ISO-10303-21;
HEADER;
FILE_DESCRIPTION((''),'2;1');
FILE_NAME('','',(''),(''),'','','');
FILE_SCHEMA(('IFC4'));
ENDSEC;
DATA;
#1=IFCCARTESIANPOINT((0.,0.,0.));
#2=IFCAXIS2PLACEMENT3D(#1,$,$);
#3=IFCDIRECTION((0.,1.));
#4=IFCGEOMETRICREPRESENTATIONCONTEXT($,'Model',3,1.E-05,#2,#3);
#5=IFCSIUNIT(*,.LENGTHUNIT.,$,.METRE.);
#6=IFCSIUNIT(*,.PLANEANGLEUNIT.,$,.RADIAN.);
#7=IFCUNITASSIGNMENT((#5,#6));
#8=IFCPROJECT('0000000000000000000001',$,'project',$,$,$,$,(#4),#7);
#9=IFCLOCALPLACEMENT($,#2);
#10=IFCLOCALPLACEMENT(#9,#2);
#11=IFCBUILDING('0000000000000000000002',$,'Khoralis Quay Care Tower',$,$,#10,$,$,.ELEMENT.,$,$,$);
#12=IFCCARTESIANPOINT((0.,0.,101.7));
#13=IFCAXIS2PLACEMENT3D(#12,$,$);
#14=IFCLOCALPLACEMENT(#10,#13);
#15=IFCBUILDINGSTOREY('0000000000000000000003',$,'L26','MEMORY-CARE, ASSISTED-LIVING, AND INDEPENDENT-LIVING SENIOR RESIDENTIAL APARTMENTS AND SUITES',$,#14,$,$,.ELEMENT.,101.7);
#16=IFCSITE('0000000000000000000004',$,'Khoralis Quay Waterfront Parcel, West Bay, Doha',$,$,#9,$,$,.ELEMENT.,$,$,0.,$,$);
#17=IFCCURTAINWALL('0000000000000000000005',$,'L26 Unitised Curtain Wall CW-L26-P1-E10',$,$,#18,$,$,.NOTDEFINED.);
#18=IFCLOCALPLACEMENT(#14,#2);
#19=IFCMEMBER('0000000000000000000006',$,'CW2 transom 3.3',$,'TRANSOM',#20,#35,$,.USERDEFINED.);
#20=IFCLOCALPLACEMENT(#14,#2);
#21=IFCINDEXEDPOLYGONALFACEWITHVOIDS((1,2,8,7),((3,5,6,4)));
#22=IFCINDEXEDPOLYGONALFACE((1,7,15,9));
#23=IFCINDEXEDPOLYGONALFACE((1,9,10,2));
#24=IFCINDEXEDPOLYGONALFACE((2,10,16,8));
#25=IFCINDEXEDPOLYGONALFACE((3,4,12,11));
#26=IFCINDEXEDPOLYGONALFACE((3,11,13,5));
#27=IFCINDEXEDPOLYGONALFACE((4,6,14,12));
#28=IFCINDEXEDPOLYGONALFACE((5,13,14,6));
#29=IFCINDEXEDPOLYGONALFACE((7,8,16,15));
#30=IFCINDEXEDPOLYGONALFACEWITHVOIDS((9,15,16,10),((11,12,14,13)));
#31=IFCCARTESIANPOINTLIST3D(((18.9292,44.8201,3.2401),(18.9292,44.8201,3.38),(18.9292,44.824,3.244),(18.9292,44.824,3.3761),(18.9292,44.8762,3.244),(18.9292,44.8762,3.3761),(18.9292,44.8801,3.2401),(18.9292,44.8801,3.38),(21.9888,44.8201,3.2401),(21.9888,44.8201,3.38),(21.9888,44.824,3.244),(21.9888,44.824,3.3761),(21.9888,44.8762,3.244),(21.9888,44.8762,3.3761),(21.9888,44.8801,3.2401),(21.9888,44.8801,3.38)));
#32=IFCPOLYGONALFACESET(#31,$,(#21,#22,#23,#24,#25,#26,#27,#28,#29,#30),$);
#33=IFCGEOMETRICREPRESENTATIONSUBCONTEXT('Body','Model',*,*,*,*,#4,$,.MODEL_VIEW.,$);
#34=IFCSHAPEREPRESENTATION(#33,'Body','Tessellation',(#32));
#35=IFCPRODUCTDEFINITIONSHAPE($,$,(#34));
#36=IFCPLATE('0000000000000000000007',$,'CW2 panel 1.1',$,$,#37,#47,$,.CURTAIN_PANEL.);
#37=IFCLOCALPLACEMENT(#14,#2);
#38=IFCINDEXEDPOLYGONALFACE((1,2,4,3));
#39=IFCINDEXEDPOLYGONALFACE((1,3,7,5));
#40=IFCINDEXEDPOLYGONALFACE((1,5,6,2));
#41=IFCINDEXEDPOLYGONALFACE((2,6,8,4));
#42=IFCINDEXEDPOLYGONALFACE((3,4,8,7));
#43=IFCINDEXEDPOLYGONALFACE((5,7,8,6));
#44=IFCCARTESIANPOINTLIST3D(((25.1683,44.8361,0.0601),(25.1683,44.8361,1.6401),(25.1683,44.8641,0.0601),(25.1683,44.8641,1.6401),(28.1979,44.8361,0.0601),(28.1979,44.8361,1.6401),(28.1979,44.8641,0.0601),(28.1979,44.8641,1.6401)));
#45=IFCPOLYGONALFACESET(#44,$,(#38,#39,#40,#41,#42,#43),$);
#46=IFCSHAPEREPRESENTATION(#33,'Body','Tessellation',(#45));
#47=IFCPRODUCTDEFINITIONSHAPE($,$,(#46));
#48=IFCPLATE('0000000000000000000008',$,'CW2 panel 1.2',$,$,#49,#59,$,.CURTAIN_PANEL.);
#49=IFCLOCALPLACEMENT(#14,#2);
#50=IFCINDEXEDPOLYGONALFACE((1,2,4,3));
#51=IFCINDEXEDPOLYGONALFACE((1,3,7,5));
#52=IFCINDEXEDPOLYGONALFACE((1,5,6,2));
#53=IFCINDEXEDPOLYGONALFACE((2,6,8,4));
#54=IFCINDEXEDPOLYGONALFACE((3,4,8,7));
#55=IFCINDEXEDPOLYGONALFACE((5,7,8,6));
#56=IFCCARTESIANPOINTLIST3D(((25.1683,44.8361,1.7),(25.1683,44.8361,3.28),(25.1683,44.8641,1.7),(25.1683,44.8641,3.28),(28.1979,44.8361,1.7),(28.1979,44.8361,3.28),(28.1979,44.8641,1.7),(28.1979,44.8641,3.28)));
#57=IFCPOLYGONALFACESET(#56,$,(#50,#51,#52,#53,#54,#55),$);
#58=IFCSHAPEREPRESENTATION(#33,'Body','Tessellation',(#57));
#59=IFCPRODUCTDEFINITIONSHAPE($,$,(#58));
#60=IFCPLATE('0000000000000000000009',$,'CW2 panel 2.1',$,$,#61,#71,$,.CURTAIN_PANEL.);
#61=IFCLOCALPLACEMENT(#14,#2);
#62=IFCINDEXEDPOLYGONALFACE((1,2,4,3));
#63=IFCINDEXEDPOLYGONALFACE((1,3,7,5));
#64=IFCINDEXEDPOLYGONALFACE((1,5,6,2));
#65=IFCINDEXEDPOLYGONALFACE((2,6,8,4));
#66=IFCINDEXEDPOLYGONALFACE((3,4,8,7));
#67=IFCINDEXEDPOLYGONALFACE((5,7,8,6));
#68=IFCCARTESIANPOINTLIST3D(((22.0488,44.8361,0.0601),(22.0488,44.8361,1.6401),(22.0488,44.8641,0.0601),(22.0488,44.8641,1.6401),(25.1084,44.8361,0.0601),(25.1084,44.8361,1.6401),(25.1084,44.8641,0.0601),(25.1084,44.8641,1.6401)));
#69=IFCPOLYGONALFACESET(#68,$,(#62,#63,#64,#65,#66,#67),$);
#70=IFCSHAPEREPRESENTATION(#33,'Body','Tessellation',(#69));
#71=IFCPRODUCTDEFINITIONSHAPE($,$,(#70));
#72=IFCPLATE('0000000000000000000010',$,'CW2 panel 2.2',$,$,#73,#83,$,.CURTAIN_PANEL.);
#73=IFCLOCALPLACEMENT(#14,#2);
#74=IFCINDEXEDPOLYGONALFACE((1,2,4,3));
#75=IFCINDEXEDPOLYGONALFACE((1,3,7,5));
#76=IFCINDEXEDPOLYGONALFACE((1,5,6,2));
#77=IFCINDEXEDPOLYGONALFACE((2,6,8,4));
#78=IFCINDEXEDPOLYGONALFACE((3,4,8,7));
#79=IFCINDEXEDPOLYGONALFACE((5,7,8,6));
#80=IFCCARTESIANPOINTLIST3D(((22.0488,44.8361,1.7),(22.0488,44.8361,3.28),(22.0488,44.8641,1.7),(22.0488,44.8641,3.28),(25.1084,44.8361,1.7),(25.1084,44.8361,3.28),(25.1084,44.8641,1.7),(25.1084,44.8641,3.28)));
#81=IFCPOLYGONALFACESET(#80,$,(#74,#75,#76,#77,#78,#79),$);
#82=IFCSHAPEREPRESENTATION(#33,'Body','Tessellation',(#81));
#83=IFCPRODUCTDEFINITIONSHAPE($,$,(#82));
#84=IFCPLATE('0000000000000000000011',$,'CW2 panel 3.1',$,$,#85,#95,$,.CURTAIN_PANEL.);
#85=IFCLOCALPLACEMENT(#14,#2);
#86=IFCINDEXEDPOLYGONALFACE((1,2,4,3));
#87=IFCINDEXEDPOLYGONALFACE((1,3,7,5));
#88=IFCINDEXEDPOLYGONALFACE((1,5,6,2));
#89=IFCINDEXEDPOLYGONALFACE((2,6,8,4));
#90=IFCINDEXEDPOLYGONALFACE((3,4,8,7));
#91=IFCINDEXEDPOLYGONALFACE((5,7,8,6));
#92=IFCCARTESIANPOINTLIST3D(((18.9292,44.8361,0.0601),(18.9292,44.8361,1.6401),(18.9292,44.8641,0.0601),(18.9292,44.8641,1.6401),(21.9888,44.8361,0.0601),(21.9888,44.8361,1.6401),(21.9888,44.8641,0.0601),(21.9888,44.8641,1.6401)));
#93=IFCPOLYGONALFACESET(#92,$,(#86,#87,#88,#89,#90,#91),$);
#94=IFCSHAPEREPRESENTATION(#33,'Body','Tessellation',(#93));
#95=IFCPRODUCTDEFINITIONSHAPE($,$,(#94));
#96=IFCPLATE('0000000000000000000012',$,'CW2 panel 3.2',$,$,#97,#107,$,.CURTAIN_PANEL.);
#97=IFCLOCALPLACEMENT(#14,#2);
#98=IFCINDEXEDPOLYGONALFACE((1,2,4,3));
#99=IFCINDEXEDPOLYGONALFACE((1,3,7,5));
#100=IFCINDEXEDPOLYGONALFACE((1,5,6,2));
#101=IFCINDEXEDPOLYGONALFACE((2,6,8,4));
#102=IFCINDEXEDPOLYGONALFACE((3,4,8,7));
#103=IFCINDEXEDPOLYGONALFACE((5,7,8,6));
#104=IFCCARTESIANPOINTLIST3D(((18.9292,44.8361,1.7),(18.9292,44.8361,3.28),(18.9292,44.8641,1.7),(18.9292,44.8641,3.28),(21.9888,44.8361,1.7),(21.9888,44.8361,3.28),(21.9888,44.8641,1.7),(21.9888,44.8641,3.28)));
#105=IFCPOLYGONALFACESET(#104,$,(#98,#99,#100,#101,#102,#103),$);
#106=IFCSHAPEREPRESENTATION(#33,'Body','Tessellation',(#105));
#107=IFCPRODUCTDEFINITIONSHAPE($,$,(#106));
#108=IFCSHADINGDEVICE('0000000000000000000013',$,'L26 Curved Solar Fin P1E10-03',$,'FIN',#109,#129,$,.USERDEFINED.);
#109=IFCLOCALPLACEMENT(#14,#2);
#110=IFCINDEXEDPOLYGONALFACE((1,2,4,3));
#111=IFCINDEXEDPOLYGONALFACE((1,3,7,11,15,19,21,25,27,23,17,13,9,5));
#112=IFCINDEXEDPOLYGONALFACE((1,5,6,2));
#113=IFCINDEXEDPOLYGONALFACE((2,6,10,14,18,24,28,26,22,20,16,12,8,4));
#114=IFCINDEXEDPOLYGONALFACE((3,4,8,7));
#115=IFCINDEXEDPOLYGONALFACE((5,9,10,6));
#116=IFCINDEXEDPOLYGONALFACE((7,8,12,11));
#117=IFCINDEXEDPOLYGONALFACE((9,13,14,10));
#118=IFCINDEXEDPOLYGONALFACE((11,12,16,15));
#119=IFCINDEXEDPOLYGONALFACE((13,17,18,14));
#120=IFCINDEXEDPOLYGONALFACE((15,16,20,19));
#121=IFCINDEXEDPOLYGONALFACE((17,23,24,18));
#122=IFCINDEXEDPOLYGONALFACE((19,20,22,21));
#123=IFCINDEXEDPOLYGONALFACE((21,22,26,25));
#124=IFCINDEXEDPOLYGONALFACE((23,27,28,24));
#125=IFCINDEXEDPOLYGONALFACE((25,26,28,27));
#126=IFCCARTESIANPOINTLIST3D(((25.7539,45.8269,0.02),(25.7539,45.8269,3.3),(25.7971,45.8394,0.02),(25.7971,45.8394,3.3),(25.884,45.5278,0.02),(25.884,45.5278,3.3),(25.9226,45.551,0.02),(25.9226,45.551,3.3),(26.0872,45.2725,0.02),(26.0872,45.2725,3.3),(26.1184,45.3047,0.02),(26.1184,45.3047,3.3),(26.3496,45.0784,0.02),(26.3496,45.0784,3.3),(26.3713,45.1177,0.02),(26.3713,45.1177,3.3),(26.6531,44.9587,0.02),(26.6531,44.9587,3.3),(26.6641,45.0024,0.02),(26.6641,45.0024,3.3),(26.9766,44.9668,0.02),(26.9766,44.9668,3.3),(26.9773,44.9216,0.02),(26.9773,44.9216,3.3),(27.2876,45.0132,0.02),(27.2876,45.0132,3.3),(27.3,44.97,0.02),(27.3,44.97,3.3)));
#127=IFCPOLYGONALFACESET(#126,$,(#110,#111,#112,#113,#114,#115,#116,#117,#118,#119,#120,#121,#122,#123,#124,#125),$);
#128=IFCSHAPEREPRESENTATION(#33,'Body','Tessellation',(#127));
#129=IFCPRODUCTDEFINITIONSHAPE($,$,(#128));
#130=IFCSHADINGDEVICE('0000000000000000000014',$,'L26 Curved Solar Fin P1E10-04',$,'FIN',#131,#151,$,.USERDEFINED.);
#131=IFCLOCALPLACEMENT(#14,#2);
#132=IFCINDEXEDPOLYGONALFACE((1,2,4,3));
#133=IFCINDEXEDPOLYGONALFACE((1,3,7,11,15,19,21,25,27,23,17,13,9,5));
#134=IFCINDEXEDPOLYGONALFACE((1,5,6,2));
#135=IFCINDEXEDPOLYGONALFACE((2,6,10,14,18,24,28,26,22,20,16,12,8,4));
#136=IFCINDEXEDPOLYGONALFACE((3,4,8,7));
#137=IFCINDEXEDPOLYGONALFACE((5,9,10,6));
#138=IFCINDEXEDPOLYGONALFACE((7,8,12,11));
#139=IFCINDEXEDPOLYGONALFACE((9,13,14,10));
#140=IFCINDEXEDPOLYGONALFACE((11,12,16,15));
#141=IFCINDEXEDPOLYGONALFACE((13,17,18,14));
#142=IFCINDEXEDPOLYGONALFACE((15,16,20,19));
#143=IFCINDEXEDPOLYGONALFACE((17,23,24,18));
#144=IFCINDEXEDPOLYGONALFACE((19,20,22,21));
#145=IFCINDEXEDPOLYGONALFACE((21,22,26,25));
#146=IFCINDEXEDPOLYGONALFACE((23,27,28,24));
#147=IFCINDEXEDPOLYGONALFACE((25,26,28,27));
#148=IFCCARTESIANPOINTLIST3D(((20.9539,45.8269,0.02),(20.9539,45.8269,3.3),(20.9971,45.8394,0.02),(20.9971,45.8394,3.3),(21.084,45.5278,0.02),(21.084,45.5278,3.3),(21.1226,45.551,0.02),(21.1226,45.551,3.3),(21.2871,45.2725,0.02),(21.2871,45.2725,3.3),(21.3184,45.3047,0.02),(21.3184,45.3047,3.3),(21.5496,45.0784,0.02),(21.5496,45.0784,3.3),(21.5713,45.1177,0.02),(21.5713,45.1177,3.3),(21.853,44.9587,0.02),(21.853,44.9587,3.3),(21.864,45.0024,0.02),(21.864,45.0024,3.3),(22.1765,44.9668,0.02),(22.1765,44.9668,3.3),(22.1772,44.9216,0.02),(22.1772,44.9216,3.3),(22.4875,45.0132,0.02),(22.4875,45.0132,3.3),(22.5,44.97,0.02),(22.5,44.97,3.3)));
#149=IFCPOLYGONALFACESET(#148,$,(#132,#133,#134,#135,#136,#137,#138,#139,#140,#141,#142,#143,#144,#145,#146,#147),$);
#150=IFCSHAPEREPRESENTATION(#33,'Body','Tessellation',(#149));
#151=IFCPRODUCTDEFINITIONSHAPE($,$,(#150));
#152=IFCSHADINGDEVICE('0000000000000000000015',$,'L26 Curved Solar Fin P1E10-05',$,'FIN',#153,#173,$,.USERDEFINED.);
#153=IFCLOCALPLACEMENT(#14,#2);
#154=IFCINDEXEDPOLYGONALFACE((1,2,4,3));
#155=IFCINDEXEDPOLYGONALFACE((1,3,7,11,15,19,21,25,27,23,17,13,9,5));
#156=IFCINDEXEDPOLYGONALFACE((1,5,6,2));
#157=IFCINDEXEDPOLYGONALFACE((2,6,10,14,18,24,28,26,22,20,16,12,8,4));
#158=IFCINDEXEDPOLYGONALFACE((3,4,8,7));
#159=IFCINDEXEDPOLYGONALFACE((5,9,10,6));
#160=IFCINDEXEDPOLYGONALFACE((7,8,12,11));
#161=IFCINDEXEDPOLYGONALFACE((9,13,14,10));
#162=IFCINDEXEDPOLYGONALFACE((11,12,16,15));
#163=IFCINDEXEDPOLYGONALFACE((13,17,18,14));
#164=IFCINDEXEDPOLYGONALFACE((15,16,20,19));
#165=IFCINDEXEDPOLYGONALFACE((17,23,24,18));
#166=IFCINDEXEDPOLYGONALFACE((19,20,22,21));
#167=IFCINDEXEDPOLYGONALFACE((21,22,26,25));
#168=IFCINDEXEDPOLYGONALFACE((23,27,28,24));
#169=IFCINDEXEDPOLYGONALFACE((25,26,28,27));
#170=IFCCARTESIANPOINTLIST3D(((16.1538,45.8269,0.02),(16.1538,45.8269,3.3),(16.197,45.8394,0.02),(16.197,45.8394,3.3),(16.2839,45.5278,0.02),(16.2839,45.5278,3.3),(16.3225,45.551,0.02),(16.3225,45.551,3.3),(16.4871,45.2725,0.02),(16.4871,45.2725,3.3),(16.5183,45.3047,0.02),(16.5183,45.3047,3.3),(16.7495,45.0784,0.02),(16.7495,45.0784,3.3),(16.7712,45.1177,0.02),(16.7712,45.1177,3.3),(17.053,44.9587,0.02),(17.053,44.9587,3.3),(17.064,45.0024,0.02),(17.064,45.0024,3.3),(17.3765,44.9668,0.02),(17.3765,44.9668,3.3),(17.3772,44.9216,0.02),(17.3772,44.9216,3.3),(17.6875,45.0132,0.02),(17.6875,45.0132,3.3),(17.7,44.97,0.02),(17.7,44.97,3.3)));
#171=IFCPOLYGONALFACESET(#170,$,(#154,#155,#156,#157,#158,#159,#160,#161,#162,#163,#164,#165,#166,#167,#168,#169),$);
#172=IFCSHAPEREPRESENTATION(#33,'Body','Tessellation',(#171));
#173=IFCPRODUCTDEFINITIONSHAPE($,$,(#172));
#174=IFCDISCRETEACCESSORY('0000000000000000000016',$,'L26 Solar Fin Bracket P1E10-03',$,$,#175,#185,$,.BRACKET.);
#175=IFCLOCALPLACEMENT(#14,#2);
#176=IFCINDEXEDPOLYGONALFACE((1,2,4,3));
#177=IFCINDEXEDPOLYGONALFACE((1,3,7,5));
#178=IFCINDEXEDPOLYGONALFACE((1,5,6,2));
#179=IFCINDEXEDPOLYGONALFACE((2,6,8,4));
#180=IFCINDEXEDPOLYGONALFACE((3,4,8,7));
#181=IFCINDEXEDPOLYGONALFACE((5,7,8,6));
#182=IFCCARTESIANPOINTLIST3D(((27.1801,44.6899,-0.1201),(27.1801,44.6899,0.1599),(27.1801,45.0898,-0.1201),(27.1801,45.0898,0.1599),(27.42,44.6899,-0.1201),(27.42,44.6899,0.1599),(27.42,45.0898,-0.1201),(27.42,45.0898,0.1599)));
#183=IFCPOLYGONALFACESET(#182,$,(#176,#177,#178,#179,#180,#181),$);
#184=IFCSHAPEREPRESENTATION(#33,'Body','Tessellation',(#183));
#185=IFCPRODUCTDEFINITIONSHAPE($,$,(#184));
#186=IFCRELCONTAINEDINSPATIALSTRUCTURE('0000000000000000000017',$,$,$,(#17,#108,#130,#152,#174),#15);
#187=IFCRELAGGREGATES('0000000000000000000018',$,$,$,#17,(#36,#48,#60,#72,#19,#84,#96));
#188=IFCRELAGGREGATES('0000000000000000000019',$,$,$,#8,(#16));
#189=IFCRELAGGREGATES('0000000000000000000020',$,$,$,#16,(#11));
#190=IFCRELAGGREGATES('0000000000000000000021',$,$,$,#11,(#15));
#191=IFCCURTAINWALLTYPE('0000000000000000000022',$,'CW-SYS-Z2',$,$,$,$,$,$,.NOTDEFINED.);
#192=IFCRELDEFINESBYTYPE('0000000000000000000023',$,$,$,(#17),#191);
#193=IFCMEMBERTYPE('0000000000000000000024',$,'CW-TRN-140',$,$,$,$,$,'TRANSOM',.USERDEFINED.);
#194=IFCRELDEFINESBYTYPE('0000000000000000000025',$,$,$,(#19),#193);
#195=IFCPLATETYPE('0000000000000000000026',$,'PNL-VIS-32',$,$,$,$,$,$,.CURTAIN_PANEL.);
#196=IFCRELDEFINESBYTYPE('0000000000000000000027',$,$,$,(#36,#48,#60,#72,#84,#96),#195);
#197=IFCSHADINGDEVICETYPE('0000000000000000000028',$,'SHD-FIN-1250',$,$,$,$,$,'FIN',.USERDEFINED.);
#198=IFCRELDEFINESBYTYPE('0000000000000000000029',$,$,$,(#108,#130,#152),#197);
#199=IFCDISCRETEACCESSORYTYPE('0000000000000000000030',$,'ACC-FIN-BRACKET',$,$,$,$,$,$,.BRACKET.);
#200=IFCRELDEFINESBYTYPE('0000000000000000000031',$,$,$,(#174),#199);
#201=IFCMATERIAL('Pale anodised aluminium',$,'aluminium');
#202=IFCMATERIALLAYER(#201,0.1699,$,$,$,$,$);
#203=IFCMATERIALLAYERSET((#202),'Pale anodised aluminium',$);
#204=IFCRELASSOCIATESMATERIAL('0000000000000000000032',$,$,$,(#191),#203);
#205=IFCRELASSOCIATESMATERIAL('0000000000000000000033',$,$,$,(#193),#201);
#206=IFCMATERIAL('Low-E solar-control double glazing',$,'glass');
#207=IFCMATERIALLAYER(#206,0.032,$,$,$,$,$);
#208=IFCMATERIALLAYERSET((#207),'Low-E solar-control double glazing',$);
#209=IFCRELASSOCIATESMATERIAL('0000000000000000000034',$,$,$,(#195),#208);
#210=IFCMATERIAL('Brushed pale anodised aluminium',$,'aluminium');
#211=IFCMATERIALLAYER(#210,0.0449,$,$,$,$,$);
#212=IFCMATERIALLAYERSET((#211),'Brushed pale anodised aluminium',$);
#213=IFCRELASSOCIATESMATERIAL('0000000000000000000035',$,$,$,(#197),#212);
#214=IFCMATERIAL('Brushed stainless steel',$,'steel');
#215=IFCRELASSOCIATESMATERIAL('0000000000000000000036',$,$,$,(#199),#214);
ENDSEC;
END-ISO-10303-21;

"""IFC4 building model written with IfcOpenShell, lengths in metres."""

from ifc_helpers import new_model, si_unit, direction, frame, origin, origin_2d, place, context, subcontext, project, spatial, polyline, rectangle, hollow_rectangle, outline, extrude, source, transform, mapped, material, layer, layer_set, material_profile, profile_set, type_object, element, aggregate, save


model = new_model("IFC4")

# Units and contexts
model_context = context("Model", 3, precision=1e-05, world=origin(), true_north=direction((0.0, 1.0)))
body_context = subcontext(model_context, "Body", "Model", "MODEL_VIEW")
ifc_project = project(units=[si_unit("LENGTHUNIT", "METRE"), si_unit("PLANEANGLEUNIT", "RADIAN")], contexts=[model_context])

# Site, building, storey
site_placement = place(None, origin())
site = spatial("IfcSite", under=ifc_project, at=site_placement, Name="Khoralis Quay Waterfront Parcel, West Bay, Doha", CompositionType="ELEMENT", RefElevation=0.0)
building_placement = place(site_placement, origin())
building = spatial("IfcBuilding", under=site, at=building_placement, Name="Khoralis Quay Care Tower", CompositionType="ELEMENT")
storey_placement = place(building_placement, frame((0.0, 0.0, 101.7)))
storey = spatial("IfcBuildingStorey", under=building, at=storey_placement, Name="L26", Description="MEMORY-CARE, ASSISTED-LIVING, AND INDEPENDENT-LIVING SENIOR RESIDENTIAL APARTMENTS AND SUITES", CompositionType="ELEMENT", Elevation=101.7)

# Curtain wall, member, plates
ifc_material_1 = material(Name="Pale anodised aluminium", Category="aluminium")
ifc_layer_1 = layer(ifc_material_1, 0.1699)
ifc_layer_set_1 = layer_set([ifc_layer_1], Name="Pale anodised aluminium")
curtain_wall_type = type_object("IfcCurtainWallType", Name="CW-SYS-Z2", PredefinedType="NOTDEFINED", material=ifc_layer_set_1)
curtain_wall_placement = place(storey_placement, origin())
curtain_wall = element("IfcCurtainWall", 1, at=curtain_wall_placement, inside=storey, type_object=curtain_wall_type, Name="L26 Unitised Curtain Wall CW-L26-P1-E10", PredefinedType="NOTDEFINED")
ifc_material_profile_1 = material_profile(ifc_material_1, hollow_rectangle(XDim=0.0601, YDim=0.1399, WallThickness=0.0039, at=origin_2d()), Name="Pale anodised aluminium")
ifc_profile_set_1 = profile_set([ifc_material_profile_1], Name="Pale anodised aluminium")
member_type_1 = type_object("IfcMemberType", Name="CW-TRN-140", ElementType="TRANSOM", PredefinedType="USERDEFINED", material=ifc_profile_set_1)
shared_shape_1 = source(origin(), body_context, "Body", "SweptSolid", [
    extrude(hollow_rectangle(XDim=0.0601, YDim=0.1399, WallThickness=0.0039, at=origin_2d()), origin(), (0.0, 0.0, 1.0), 3.0596),
])
member_1_placement = place(storey_placement, frame((21.9888, 44.8501, 3.3101), z_axis=(-1.0, 0.0, 0.0), x_axis=(0.0, -1.0, 0.0)))
member_1 = element("IfcMember", 2, at=member_1_placement, type_object=member_type_1, Name="CW2 transom 3.3", ObjectType="TRANSOM", PredefinedType="USERDEFINED", context=body_context, shape_type="MappedRepresentation", body=[
    mapped(shared_shape_1, transform((0.0, 0.0, 0.0), scale=1.0)),
])
ifc_material_2 = material(Name="Low-E solar-control double glazing", Category="glass")
ifc_layer_2 = layer(ifc_material_2, 0.032)
ifc_layer_set_2 = layer_set([ifc_layer_2], Name="Low-E solar-control double glazing")
plate_type = type_object("IfcPlateType", Name="PNL-VIS-32", PredefinedType="CURTAIN_PANEL", material=ifc_layer_set_2)
shared_shape_2 = source(origin(), body_context, "Body", "SweptSolid", [
    extrude(rectangle(XDim=3.0295, YDim=0.0281, at=origin_2d()), origin(), (0.0, 0.0, 1.0), 1.5801),
])
plate_1_placement = place(storey_placement, frame((26.6831, 44.8501, 0.0601), z_axis=(0.0, 0.0, 1.0), x_axis=(-1.0, 0.0, 0.0)))
plate_1 = element("IfcPlate", 3, at=plate_1_placement, type_object=plate_type, Name="CW2 panel 1.1", PredefinedType="CURTAIN_PANEL", context=body_context, shape_type="MappedRepresentation", body=[
    mapped(shared_shape_2, transform((0.0, 0.0, 0.0), scale=1.0)),
])
plate_2_placement = place(storey_placement, frame((26.6831, 44.8501, 1.7), z_axis=(0.0, 0.0, 1.0), x_axis=(-1.0, 0.0, 0.0)))
plate_2 = element("IfcPlate", 4, at=plate_2_placement, type_object=plate_type, Name="CW2 panel 1.2", PredefinedType="CURTAIN_PANEL", context=body_context, shape_type="MappedRepresentation", body=[
    mapped(shared_shape_2, transform((0.0, 0.0, 0.0), scale=1.0)),
])
shared_shape_3 = source(origin(), body_context, "Body", "SweptSolid", [
    extrude(rectangle(XDim=3.0596, YDim=0.0281, at=origin_2d()), origin(), (0.0, 0.0, 1.0), 1.5801),
])
plate_3_placement = place(storey_placement, frame((23.5786, 44.8501, 0.0601), z_axis=(0.0, 0.0, 1.0), x_axis=(-1.0, 0.0, 0.0)))
plate_3 = element("IfcPlate", 5, at=plate_3_placement, type_object=plate_type, Name="CW2 panel 2.1", PredefinedType="CURTAIN_PANEL", context=body_context, shape_type="MappedRepresentation", body=[
    mapped(shared_shape_3, transform((0.0, 0.0, 0.0), scale=1.0)),
])
plate_4_placement = place(storey_placement, frame((23.5786, 44.8501, 1.7), z_axis=(0.0, 0.0, 1.0), x_axis=(-1.0, 0.0, 0.0)))
plate_4 = element("IfcPlate", 6, at=plate_4_placement, type_object=plate_type, Name="CW2 panel 2.2", PredefinedType="CURTAIN_PANEL", context=body_context, shape_type="MappedRepresentation", body=[
    mapped(shared_shape_3, transform((0.0, 0.0, 0.0), scale=1.0)),
])
plate_5_placement = place(storey_placement, frame((20.459, 44.8501, 0.0601), z_axis=(0.0, 0.0, 1.0), x_axis=(-1.0, 0.0, 0.0)))
plate_5 = element("IfcPlate", 7, at=plate_5_placement, type_object=plate_type, Name="CW2 panel 3.1", PredefinedType="CURTAIN_PANEL", context=body_context, shape_type="MappedRepresentation", body=[
    mapped(shared_shape_3, transform((0.0, 0.0, 0.0), scale=1.0)),
])
plate_6_placement = place(storey_placement, frame((20.459, 44.8501, 1.7), z_axis=(0.0, 0.0, 1.0), x_axis=(-1.0, 0.0, 0.0)))
plate_6 = element("IfcPlate", 8, at=plate_6_placement, type_object=plate_type, Name="CW2 panel 3.2", PredefinedType="CURTAIN_PANEL", context=body_context, shape_type="MappedRepresentation", body=[
    mapped(shared_shape_3, transform((0.0, 0.0, 0.0), scale=1.0)),
])
aggregate(curtain_wall, [plate_1, plate_2, plate_3, plate_4, member_1, plate_5, plate_6])

# Shading devices
ifc_material_3 = material(Name="Brushed pale anodised aluminium", Category="aluminium")
ifc_layer_3 = layer(ifc_material_3, 0.0449)
ifc_layer_set_3 = layer_set([ifc_layer_3], Name="Brushed pale anodised aluminium")
shading_device_type = type_object("IfcShadingDeviceType", Name="SHD-FIN-1250", ElementType="FIN", PredefinedType="USERDEFINED", material=ifc_layer_set_3)
shared_shape_4 = source(origin(), body_context, "Body", "SweptSolid", [
    extrude(outline(polyline([(0.0, 0.0), (-0.0483, 0.3228), (-0.0112, 0.647), (0.1084, 0.9504), (0.3025, 1.2129), (0.5579, 1.416), (0.8569, 1.5461), (0.8694, 1.5029), (0.5811, 1.3774), (0.3347, 1.1816), (0.1477, 0.9287), (0.0325, 0.636), (-0.0032, 0.3235), (0.0432, 0.0125), (0.0, 0.0)])), origin(), (0.0, 0.0, 1.0), 3.28),
])
for number, where, z_axis, x_axis, name in (
    (9, (27.3, 44.97, 0.02), (0.0, 0.0, 1.0), (0.0, 1.0, 0.0), "L26 Curved Solar Fin P1E10-03"),
    (10, (22.5, 44.97, 0.02), (0.0, 0.0, 1.0), (0.0, 1.0, 0.0), "L26 Curved Solar Fin P1E10-04"),
    (11, (17.7, 44.97, 0.02), (0.0, 0.0, 1.0), (0.0, 1.0, 0.0), "L26 Curved Solar Fin P1E10-05"),
):
    element("IfcShadingDevice", number, at=place(storey_placement, frame(where, z_axis=z_axis, x_axis=x_axis)), inside=storey, type_object=shading_device_type, Name=name, ObjectType="FIN", PredefinedType="USERDEFINED", context=body_context, shape_type="MappedRepresentation", body=[
        mapped(shared_shape_4, transform((0.0, 0.0, 0.0), scale=1.0)),
    ])

# Discrete accessory
ifc_material_4 = material(Name="Brushed stainless steel", Category="steel")
discrete_accessory_type = type_object("IfcDiscreteAccessoryType", Name="ACC-FIN-BRACKET", PredefinedType="BRACKET", material=ifc_material_4)
shared_shape_5 = source(origin(), body_context, "Body", "SweptSolid", [
    extrude(rectangle(XDim=0.3999, YDim=0.24, at=origin_2d()), origin(), (0.0, 0.0, 1.0), 0.28),
])
for number, where, z_axis, x_axis, name in (
    (12, (27.3, 44.8899, -0.1201), (0.0, 0.0, 1.0), (0.0, 1.0, 0.0), "L26 Solar Fin Bracket P1E10-03"),
):
    element("IfcDiscreteAccessory", number, at=place(storey_placement, frame(where, z_axis=z_axis, x_axis=x_axis)), inside=storey, type_object=discrete_accessory_type, Name=name, PredefinedType="BRACKET", context=body_context, shape_type="MappedRepresentation", body=[
        mapped(shared_shape_5, transform((0.0, 0.0, 0.0), scale=1.0)),
    ])

save(model, "model.ifc")
